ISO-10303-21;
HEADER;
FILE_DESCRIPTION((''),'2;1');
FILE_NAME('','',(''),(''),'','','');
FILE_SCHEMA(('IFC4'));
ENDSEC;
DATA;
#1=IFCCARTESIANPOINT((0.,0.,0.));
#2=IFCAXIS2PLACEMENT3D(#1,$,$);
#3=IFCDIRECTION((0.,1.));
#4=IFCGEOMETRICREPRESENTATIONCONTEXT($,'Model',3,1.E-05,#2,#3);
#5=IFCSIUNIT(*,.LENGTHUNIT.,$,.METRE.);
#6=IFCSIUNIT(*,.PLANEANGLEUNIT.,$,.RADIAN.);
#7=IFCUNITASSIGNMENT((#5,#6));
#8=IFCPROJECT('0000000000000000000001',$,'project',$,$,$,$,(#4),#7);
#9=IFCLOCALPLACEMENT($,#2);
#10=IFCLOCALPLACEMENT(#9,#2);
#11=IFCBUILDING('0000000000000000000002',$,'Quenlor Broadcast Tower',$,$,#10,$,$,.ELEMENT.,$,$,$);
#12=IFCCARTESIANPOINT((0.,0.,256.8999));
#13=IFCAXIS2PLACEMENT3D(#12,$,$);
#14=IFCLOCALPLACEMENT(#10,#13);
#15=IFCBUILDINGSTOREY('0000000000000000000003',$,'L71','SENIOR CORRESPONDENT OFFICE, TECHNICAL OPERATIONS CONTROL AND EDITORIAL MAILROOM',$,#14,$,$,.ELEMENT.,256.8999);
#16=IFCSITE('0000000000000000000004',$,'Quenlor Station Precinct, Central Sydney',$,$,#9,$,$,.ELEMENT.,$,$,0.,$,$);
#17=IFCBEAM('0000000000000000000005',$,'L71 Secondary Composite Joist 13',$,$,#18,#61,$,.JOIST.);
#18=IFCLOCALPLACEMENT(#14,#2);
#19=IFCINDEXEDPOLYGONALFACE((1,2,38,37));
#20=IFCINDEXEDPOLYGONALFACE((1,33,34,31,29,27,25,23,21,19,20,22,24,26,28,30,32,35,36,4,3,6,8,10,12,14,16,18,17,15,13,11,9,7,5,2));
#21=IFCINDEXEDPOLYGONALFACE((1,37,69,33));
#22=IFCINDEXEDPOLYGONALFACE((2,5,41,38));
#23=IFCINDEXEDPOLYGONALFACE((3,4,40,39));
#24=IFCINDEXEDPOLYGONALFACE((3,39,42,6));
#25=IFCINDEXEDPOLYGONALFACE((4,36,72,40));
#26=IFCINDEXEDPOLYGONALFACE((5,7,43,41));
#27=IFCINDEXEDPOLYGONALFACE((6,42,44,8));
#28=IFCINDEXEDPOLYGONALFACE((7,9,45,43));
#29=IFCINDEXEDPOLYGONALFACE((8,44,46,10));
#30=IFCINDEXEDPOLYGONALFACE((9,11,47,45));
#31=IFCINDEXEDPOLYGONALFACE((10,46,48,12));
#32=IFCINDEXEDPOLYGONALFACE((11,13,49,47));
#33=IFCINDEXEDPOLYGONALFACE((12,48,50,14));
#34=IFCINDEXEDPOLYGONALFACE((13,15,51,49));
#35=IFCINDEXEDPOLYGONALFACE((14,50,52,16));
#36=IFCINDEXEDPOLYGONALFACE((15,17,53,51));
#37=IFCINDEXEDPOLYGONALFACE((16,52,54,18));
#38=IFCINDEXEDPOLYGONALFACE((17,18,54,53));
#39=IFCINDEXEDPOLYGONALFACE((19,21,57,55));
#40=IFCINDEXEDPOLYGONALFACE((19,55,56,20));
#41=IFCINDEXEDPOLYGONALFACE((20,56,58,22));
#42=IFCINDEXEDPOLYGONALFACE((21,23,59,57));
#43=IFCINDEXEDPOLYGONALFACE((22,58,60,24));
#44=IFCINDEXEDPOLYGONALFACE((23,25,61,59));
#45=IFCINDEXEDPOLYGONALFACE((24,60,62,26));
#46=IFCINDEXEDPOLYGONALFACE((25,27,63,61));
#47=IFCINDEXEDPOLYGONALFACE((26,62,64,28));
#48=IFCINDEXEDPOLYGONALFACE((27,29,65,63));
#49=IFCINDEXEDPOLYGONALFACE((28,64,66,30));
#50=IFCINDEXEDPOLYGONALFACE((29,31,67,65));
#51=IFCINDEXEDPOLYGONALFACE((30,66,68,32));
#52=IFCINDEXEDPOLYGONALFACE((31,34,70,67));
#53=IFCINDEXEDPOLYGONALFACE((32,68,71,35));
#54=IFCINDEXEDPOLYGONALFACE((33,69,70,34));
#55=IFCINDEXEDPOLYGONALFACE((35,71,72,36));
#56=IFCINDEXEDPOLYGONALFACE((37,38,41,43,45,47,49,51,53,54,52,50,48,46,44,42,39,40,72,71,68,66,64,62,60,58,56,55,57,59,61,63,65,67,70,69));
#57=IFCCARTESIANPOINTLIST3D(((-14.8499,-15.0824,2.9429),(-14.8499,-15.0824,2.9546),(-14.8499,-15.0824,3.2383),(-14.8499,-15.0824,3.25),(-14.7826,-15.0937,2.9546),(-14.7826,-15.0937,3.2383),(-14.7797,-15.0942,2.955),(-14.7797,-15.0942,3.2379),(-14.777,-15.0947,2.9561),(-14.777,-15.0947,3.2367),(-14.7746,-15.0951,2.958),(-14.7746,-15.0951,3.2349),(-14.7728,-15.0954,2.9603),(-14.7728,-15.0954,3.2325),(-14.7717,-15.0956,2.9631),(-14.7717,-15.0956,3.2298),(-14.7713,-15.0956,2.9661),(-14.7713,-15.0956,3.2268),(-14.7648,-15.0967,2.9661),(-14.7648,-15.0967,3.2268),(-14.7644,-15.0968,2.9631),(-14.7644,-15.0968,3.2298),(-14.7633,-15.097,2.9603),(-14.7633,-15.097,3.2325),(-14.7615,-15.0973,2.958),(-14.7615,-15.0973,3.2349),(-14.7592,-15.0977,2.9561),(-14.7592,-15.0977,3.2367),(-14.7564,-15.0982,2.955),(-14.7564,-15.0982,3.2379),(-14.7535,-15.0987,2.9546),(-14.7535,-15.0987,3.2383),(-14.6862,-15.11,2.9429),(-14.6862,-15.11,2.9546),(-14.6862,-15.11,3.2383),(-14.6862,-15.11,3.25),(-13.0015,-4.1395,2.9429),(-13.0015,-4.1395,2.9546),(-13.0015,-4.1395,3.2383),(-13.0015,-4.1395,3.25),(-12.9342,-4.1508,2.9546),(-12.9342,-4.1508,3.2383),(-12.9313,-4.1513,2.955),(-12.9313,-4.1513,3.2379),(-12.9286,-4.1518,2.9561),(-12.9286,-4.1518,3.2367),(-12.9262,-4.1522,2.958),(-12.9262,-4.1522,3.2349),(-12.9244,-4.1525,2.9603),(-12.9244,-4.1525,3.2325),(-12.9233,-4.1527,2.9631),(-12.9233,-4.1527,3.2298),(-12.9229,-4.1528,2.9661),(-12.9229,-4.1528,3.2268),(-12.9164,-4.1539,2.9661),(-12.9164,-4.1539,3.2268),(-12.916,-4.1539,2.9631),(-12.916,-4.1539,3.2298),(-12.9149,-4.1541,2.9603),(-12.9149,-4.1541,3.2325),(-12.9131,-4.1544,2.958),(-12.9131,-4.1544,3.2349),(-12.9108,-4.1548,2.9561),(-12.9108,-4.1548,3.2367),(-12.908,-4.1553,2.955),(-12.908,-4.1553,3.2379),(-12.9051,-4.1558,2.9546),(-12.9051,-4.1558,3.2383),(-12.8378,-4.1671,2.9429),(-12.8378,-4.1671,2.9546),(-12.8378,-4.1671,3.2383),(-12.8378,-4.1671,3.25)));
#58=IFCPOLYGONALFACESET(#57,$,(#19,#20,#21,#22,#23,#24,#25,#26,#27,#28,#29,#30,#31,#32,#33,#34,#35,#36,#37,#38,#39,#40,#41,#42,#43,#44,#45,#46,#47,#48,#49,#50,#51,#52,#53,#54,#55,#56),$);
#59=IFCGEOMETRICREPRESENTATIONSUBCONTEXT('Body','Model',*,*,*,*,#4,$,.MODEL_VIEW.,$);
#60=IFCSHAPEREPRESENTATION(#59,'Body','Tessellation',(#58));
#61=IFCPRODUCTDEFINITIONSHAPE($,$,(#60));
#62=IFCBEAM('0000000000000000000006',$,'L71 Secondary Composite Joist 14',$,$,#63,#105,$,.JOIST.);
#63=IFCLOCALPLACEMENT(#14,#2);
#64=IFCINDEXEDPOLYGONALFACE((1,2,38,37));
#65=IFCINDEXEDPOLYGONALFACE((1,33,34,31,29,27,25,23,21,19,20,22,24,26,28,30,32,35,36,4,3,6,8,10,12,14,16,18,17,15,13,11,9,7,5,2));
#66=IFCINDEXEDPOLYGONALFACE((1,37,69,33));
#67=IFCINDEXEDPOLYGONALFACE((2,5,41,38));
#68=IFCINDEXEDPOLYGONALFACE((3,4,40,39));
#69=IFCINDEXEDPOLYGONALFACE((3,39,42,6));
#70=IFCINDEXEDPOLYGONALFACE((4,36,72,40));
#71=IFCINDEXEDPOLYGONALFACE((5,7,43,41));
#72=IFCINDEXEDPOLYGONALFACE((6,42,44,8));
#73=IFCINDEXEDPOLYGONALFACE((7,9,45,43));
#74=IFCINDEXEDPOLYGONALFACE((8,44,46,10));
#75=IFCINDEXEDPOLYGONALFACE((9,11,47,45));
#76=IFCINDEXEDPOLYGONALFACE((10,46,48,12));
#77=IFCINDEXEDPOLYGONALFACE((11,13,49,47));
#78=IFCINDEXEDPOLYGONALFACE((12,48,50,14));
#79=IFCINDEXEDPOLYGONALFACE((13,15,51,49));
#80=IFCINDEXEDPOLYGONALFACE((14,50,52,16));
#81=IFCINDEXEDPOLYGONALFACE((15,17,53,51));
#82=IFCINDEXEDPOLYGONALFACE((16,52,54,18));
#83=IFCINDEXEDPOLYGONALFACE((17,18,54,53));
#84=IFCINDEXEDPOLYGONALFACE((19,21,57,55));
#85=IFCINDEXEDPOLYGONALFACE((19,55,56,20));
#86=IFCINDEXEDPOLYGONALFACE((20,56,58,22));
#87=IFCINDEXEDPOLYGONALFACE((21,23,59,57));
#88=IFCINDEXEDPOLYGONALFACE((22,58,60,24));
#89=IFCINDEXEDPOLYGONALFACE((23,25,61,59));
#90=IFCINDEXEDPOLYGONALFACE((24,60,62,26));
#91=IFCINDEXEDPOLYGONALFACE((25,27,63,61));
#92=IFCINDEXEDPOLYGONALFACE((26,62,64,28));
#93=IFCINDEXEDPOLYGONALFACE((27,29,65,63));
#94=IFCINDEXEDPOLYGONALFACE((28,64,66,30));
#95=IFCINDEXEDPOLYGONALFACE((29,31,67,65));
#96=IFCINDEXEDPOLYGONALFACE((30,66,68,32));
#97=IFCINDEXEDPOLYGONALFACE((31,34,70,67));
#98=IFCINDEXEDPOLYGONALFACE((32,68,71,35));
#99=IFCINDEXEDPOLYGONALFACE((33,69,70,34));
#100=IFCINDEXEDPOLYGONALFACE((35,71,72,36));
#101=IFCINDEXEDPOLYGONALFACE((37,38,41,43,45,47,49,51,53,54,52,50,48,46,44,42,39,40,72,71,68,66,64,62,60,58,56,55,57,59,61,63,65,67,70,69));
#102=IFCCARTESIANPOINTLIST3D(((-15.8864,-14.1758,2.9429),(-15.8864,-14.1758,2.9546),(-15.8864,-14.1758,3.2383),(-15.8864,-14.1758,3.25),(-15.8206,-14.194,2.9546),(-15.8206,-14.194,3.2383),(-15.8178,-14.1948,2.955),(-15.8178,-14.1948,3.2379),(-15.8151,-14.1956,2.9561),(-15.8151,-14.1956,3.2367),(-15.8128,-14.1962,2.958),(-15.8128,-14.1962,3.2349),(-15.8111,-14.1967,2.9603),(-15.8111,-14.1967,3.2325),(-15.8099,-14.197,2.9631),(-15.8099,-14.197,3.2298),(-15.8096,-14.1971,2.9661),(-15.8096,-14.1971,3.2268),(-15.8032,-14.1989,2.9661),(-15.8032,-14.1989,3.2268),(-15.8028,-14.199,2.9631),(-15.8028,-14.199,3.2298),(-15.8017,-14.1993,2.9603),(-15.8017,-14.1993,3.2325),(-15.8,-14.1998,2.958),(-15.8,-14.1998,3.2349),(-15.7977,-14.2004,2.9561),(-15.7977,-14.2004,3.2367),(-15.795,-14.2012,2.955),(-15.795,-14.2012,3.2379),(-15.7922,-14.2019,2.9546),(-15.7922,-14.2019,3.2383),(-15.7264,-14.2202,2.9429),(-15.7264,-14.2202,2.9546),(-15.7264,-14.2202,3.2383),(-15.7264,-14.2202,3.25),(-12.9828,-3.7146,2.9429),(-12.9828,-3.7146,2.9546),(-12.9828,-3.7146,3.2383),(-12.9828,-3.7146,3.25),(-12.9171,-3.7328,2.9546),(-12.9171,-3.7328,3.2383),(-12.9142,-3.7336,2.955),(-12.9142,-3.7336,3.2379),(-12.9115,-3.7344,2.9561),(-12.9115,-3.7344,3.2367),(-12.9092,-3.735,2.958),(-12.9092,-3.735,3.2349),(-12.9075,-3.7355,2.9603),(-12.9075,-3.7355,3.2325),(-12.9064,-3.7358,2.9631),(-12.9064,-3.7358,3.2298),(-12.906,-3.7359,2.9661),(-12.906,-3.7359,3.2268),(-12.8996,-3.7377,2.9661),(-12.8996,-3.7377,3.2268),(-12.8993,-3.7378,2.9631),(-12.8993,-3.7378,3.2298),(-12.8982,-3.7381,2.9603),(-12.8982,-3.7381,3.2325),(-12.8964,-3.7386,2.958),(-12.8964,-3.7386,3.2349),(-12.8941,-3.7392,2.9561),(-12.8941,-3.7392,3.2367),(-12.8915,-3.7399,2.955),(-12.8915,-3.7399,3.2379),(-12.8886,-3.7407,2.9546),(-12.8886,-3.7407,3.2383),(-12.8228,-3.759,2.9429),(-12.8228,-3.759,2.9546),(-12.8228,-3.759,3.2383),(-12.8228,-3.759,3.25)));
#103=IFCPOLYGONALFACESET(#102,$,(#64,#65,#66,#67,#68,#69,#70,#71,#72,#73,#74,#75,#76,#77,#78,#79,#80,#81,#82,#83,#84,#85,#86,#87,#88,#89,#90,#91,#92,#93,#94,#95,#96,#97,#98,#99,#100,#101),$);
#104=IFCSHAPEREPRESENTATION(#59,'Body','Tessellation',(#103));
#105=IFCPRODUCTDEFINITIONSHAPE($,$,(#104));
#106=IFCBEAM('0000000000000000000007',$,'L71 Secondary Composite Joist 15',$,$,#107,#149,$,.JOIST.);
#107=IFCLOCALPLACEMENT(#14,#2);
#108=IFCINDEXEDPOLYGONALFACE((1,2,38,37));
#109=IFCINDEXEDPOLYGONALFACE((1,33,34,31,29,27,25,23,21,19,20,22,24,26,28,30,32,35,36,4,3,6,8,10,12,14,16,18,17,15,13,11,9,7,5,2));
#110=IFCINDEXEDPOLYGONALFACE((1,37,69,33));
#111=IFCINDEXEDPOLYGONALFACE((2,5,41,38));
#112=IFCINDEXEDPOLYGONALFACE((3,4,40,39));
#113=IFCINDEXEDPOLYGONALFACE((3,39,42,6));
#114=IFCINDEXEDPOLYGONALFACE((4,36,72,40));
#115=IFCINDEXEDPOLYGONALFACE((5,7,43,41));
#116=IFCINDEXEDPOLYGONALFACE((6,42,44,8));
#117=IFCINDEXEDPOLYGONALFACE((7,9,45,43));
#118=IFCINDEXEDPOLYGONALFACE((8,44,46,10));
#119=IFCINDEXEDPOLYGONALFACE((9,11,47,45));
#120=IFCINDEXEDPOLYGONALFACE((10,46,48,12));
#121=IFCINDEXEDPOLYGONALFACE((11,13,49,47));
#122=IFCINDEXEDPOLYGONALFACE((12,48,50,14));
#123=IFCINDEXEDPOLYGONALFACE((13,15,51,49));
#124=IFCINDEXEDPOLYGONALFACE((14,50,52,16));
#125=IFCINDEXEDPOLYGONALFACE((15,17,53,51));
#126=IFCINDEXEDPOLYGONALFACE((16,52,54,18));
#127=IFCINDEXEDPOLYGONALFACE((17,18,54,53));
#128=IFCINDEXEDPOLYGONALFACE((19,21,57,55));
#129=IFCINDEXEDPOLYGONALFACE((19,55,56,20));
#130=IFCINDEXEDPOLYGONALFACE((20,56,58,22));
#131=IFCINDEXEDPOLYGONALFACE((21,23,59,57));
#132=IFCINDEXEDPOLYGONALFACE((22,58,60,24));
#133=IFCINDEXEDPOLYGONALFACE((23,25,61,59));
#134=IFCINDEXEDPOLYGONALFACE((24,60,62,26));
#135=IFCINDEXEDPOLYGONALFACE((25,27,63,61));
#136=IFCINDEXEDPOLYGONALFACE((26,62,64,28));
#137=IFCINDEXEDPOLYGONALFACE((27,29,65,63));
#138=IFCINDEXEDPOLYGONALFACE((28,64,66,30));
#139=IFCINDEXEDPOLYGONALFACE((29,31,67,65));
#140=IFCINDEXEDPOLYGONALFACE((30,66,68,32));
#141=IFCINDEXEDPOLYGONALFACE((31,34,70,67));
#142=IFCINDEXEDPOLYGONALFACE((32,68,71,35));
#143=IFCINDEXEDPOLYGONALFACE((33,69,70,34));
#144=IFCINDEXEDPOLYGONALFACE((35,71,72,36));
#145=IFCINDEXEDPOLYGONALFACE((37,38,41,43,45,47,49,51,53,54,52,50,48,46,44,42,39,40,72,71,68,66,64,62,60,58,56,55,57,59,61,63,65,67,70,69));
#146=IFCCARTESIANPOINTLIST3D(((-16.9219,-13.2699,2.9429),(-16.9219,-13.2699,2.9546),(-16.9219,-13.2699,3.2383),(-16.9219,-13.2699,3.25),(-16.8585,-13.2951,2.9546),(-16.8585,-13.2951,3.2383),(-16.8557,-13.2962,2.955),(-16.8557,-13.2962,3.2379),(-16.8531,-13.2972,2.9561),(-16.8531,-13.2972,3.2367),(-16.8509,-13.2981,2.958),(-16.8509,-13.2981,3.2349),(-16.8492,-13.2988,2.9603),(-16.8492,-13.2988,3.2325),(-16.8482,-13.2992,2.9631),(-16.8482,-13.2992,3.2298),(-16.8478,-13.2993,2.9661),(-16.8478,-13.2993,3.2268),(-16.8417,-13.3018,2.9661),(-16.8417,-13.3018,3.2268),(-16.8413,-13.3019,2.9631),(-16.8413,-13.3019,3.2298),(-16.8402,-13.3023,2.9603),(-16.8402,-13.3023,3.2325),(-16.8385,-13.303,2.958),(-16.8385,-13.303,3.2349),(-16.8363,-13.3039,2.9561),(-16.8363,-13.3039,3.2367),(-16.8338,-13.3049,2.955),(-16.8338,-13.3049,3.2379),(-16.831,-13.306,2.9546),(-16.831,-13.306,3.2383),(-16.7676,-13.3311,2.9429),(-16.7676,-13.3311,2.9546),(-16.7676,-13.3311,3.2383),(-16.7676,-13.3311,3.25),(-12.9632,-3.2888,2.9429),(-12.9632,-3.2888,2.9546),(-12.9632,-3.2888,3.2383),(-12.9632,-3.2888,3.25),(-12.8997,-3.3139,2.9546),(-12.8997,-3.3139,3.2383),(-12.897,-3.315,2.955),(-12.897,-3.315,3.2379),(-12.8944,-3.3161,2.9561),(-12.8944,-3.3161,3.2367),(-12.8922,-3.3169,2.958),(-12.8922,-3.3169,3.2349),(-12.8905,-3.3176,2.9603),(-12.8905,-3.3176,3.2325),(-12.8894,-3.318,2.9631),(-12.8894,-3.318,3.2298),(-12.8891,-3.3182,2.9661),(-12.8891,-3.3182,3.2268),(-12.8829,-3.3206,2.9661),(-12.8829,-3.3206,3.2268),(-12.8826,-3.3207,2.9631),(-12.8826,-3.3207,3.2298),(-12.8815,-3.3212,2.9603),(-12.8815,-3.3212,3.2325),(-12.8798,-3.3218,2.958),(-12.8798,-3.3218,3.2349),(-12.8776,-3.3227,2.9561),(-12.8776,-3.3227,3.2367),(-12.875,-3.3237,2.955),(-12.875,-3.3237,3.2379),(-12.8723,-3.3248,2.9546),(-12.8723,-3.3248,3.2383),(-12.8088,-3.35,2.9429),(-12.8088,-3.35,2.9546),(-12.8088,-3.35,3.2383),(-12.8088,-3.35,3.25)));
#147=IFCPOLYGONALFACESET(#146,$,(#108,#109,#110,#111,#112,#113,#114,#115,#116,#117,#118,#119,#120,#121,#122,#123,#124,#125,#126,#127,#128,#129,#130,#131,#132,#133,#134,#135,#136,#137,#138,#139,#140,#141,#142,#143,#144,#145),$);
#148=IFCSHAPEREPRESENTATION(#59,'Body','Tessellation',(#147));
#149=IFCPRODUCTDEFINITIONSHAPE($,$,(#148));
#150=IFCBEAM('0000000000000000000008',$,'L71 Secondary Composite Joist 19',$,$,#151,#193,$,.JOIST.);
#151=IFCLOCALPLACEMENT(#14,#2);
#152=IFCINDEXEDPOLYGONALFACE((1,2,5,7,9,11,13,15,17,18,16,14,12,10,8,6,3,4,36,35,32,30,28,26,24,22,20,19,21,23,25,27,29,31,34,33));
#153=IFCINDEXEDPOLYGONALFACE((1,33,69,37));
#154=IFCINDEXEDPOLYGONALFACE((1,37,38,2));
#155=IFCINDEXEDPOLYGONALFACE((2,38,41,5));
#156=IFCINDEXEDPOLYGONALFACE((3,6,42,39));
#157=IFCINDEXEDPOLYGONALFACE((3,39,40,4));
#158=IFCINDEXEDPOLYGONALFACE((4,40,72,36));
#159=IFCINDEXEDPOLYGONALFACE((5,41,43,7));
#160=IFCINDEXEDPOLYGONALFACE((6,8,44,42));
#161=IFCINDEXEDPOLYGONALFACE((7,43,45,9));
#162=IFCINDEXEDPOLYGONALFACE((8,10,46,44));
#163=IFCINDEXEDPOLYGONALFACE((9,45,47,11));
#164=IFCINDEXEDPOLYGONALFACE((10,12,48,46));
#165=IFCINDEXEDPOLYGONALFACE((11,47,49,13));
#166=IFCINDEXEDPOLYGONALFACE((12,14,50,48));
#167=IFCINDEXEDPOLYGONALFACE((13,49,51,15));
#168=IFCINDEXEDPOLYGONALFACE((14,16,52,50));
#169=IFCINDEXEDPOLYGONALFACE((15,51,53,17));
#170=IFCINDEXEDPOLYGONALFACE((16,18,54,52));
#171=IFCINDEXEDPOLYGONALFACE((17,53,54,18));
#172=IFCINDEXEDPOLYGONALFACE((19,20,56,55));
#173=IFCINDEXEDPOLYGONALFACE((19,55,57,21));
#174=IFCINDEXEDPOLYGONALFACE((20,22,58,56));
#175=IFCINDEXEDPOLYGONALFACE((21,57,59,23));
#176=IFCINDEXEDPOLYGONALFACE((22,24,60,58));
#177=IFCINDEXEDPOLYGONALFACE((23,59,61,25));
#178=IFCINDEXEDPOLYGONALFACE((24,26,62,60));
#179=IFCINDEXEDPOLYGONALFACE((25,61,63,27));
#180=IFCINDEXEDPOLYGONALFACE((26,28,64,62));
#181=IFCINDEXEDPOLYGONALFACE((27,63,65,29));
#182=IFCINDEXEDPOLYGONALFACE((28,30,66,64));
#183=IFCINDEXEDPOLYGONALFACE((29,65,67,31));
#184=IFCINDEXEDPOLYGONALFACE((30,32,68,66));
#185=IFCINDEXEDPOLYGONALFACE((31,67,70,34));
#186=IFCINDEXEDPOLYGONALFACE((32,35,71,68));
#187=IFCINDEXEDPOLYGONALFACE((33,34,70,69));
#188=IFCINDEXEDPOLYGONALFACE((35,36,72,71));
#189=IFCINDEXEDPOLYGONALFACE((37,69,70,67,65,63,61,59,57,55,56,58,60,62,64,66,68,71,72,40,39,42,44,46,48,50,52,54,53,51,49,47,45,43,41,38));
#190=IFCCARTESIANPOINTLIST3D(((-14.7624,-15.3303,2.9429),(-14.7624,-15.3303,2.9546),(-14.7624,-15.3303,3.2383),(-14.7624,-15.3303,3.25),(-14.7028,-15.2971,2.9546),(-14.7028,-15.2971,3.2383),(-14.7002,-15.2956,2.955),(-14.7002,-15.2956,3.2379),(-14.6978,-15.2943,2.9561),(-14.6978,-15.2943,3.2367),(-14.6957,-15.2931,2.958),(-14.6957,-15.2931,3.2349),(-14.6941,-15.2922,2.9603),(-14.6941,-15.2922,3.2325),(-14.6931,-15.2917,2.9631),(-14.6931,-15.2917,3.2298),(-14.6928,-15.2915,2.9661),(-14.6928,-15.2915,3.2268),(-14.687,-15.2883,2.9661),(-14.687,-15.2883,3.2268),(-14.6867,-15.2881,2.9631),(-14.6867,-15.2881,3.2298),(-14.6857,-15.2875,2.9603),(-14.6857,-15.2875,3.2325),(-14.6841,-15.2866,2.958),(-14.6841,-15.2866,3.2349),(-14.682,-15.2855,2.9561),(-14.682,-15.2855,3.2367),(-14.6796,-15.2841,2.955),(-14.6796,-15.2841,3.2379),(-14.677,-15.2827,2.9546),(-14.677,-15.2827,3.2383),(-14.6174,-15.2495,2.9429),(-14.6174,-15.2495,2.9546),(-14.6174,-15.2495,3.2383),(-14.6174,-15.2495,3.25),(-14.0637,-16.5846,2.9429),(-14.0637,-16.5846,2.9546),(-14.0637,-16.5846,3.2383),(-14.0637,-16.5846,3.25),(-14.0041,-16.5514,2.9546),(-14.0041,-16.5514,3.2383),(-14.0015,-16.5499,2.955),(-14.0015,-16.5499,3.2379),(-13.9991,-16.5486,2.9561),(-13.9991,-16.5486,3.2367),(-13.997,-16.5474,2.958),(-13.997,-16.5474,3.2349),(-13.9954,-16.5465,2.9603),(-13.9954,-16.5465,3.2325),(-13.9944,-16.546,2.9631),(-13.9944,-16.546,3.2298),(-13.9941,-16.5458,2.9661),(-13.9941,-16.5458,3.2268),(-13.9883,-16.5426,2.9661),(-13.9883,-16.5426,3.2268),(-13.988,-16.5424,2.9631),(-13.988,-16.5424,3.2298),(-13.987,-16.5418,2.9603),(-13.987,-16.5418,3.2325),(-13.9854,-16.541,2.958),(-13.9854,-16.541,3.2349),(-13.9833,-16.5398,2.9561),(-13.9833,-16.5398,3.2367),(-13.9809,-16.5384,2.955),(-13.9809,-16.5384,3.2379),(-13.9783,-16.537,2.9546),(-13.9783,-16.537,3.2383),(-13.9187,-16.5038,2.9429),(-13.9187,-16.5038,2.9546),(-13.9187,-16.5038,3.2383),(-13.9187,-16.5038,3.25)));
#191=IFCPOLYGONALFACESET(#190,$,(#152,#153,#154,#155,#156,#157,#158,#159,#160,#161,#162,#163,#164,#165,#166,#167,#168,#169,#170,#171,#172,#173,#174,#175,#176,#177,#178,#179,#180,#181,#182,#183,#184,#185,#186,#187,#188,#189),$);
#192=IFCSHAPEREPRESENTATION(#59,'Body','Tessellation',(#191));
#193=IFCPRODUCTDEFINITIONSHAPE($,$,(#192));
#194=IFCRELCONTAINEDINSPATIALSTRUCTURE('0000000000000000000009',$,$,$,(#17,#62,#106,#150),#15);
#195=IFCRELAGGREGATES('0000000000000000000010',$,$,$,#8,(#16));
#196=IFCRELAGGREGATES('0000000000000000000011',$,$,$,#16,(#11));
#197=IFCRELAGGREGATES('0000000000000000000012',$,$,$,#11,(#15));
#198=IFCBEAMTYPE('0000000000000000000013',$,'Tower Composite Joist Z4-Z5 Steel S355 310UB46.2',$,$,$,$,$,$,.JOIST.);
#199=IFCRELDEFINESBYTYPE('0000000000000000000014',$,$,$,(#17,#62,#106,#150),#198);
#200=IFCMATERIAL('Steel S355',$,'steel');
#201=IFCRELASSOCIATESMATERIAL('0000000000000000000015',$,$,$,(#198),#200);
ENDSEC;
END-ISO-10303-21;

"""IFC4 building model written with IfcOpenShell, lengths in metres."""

from ifc_helpers import new_model, si_unit, direction, frame, origin, origin_2d, place, context, subcontext, project, spatial, i_section, extrude, material, material_profile, profile_set, type_object, element, save


model = new_model("IFC4")

# Units and contexts
model_context = context("Model", 3, precision=1e-05, world=origin(), true_north=direction((0.0, 1.0)))
body_context = subcontext(model_context, "Body", "Model", "MODEL_VIEW")
ifc_project = project(units=[si_unit("LENGTHUNIT", "METRE"), si_unit("PLANEANGLEUNIT", "RADIAN")], contexts=[model_context])

# Site, building, storey
site_placement = place(None, origin())
site = spatial("IfcSite", under=ifc_project, at=site_placement, Name="Quenlor Station Precinct, Central Sydney", CompositionType="ELEMENT", RefElevation=0.0)
building_placement = place(site_placement, origin())
building = spatial("IfcBuilding", under=site, at=building_placement, Name="Quenlor Broadcast Tower", CompositionType="ELEMENT")
storey_placement = place(building_placement, frame((0.0, 0.0, 256.8999)))
storey = spatial("IfcBuildingStorey", under=building, at=storey_placement, Name="L71", Description="SENIOR CORRESPONDENT OFFICE, TECHNICAL OPERATIONS CONTROL AND EDITORIAL MAILROOM", CompositionType="ELEMENT", Elevation=256.8999)

# Beams
ifc_material_1 = material(Name="Steel S355", Category="steel")
ifc_material_profile_1 = material_profile(ifc_material_1, i_section(OverallWidth=0.166, OverallDepth=0.3071, WebThickness=0.0066, FlangeThickness=0.0117, FilletRadius=0.0115, at=origin_2d()))
ifc_profile_set_1 = profile_set([ifc_material_profile_1], Name="Steel S355 310UB46.2")
beam_type_1 = type_object("IfcBeamType", Name="Tower Composite Joist Z4-Z5 Steel S355 310UB46.2", PredefinedType="JOIST", material=ifc_profile_set_1)
beam_1_placement = place(storey_placement, frame((-14.7681, -15.0962, 3.0964), z_axis=(0.166553, 0.986032, 0.0), x_axis=(-0.986032, 0.166553, 0.0)))
element("IfcBeam", 1, at=beam_1_placement, inside=storey, type_object=beam_type_1, Name="L71 Secondary Composite Joist 13", PredefinedType="JOIST", context=body_context, shape_type="SweptSolid", body=[
    extrude(i_section(OverallWidth=0.166, OverallDepth=0.3071, WebThickness=0.0066, FlangeThickness=0.0117, FilletRadius=0.0115, at=origin_2d()), origin(), (0.0, 0.0, 1.0), 11.0979),
])
beam_2_placement = place(storey_placement, frame((-15.8064, -14.198, 3.0964), z_axis=(0.267446, 0.963573, 0.0), x_axis=(-0.963573, 0.267446, 0.0)))
element("IfcBeam", 2, at=beam_2_placement, inside=storey, type_object=beam_type_1, Name="L71 Secondary Composite Joist 14", PredefinedType="JOIST", context=body_context, shape_type="SweptSolid", body=[
    extrude(i_section(OverallWidth=0.166, OverallDepth=0.3071, WebThickness=0.0066, FlangeThickness=0.0117, FilletRadius=0.0115, at=origin_2d()), origin(), (0.0, 0.0, 1.0), 10.8567),
])
beam_3_placement = place(storey_placement, frame((-16.8447, -13.3005, 3.0964), z_axis=(0.36868, 0.929556, 0.0), x_axis=(-0.929556, 0.36868, 0.0)))
element("IfcBeam", 3, at=beam_3_placement, inside=storey, type_object=beam_type_1, Name="L71 Secondary Composite Joist 15", PredefinedType="JOIST", context=body_context, shape_type="SweptSolid", body=[
    extrude(i_section(OverallWidth=0.166, OverallDepth=0.3071, WebThickness=0.0066, FlangeThickness=0.0117, FilletRadius=0.0115, at=origin_2d()), origin(), (0.0, 0.0, 1.0), 10.7375),
])
beam_4_placement = place(storey_placement, frame((-13.9912, -16.5442, 3.0964), z_axis=(-0.486624, 0.873611, 0.0), x_axis=(-0.873611, -0.486624, 0.0)))
element("IfcBeam", 4, at=beam_4_placement, inside=storey, type_object=beam_type_1, Name="L71 Secondary Composite Joist 19", PredefinedType="JOIST", context=body_context, shape_type="SweptSolid", body=[
    extrude(i_section(OverallWidth=0.166, OverallDepth=0.3071, WebThickness=0.0066, FlangeThickness=0.0117, FilletRadius=0.0115, at=origin_2d()), origin(), (0.0, 0.0, 1.0), 1.4358),
])

save(model, "model.ifc")
